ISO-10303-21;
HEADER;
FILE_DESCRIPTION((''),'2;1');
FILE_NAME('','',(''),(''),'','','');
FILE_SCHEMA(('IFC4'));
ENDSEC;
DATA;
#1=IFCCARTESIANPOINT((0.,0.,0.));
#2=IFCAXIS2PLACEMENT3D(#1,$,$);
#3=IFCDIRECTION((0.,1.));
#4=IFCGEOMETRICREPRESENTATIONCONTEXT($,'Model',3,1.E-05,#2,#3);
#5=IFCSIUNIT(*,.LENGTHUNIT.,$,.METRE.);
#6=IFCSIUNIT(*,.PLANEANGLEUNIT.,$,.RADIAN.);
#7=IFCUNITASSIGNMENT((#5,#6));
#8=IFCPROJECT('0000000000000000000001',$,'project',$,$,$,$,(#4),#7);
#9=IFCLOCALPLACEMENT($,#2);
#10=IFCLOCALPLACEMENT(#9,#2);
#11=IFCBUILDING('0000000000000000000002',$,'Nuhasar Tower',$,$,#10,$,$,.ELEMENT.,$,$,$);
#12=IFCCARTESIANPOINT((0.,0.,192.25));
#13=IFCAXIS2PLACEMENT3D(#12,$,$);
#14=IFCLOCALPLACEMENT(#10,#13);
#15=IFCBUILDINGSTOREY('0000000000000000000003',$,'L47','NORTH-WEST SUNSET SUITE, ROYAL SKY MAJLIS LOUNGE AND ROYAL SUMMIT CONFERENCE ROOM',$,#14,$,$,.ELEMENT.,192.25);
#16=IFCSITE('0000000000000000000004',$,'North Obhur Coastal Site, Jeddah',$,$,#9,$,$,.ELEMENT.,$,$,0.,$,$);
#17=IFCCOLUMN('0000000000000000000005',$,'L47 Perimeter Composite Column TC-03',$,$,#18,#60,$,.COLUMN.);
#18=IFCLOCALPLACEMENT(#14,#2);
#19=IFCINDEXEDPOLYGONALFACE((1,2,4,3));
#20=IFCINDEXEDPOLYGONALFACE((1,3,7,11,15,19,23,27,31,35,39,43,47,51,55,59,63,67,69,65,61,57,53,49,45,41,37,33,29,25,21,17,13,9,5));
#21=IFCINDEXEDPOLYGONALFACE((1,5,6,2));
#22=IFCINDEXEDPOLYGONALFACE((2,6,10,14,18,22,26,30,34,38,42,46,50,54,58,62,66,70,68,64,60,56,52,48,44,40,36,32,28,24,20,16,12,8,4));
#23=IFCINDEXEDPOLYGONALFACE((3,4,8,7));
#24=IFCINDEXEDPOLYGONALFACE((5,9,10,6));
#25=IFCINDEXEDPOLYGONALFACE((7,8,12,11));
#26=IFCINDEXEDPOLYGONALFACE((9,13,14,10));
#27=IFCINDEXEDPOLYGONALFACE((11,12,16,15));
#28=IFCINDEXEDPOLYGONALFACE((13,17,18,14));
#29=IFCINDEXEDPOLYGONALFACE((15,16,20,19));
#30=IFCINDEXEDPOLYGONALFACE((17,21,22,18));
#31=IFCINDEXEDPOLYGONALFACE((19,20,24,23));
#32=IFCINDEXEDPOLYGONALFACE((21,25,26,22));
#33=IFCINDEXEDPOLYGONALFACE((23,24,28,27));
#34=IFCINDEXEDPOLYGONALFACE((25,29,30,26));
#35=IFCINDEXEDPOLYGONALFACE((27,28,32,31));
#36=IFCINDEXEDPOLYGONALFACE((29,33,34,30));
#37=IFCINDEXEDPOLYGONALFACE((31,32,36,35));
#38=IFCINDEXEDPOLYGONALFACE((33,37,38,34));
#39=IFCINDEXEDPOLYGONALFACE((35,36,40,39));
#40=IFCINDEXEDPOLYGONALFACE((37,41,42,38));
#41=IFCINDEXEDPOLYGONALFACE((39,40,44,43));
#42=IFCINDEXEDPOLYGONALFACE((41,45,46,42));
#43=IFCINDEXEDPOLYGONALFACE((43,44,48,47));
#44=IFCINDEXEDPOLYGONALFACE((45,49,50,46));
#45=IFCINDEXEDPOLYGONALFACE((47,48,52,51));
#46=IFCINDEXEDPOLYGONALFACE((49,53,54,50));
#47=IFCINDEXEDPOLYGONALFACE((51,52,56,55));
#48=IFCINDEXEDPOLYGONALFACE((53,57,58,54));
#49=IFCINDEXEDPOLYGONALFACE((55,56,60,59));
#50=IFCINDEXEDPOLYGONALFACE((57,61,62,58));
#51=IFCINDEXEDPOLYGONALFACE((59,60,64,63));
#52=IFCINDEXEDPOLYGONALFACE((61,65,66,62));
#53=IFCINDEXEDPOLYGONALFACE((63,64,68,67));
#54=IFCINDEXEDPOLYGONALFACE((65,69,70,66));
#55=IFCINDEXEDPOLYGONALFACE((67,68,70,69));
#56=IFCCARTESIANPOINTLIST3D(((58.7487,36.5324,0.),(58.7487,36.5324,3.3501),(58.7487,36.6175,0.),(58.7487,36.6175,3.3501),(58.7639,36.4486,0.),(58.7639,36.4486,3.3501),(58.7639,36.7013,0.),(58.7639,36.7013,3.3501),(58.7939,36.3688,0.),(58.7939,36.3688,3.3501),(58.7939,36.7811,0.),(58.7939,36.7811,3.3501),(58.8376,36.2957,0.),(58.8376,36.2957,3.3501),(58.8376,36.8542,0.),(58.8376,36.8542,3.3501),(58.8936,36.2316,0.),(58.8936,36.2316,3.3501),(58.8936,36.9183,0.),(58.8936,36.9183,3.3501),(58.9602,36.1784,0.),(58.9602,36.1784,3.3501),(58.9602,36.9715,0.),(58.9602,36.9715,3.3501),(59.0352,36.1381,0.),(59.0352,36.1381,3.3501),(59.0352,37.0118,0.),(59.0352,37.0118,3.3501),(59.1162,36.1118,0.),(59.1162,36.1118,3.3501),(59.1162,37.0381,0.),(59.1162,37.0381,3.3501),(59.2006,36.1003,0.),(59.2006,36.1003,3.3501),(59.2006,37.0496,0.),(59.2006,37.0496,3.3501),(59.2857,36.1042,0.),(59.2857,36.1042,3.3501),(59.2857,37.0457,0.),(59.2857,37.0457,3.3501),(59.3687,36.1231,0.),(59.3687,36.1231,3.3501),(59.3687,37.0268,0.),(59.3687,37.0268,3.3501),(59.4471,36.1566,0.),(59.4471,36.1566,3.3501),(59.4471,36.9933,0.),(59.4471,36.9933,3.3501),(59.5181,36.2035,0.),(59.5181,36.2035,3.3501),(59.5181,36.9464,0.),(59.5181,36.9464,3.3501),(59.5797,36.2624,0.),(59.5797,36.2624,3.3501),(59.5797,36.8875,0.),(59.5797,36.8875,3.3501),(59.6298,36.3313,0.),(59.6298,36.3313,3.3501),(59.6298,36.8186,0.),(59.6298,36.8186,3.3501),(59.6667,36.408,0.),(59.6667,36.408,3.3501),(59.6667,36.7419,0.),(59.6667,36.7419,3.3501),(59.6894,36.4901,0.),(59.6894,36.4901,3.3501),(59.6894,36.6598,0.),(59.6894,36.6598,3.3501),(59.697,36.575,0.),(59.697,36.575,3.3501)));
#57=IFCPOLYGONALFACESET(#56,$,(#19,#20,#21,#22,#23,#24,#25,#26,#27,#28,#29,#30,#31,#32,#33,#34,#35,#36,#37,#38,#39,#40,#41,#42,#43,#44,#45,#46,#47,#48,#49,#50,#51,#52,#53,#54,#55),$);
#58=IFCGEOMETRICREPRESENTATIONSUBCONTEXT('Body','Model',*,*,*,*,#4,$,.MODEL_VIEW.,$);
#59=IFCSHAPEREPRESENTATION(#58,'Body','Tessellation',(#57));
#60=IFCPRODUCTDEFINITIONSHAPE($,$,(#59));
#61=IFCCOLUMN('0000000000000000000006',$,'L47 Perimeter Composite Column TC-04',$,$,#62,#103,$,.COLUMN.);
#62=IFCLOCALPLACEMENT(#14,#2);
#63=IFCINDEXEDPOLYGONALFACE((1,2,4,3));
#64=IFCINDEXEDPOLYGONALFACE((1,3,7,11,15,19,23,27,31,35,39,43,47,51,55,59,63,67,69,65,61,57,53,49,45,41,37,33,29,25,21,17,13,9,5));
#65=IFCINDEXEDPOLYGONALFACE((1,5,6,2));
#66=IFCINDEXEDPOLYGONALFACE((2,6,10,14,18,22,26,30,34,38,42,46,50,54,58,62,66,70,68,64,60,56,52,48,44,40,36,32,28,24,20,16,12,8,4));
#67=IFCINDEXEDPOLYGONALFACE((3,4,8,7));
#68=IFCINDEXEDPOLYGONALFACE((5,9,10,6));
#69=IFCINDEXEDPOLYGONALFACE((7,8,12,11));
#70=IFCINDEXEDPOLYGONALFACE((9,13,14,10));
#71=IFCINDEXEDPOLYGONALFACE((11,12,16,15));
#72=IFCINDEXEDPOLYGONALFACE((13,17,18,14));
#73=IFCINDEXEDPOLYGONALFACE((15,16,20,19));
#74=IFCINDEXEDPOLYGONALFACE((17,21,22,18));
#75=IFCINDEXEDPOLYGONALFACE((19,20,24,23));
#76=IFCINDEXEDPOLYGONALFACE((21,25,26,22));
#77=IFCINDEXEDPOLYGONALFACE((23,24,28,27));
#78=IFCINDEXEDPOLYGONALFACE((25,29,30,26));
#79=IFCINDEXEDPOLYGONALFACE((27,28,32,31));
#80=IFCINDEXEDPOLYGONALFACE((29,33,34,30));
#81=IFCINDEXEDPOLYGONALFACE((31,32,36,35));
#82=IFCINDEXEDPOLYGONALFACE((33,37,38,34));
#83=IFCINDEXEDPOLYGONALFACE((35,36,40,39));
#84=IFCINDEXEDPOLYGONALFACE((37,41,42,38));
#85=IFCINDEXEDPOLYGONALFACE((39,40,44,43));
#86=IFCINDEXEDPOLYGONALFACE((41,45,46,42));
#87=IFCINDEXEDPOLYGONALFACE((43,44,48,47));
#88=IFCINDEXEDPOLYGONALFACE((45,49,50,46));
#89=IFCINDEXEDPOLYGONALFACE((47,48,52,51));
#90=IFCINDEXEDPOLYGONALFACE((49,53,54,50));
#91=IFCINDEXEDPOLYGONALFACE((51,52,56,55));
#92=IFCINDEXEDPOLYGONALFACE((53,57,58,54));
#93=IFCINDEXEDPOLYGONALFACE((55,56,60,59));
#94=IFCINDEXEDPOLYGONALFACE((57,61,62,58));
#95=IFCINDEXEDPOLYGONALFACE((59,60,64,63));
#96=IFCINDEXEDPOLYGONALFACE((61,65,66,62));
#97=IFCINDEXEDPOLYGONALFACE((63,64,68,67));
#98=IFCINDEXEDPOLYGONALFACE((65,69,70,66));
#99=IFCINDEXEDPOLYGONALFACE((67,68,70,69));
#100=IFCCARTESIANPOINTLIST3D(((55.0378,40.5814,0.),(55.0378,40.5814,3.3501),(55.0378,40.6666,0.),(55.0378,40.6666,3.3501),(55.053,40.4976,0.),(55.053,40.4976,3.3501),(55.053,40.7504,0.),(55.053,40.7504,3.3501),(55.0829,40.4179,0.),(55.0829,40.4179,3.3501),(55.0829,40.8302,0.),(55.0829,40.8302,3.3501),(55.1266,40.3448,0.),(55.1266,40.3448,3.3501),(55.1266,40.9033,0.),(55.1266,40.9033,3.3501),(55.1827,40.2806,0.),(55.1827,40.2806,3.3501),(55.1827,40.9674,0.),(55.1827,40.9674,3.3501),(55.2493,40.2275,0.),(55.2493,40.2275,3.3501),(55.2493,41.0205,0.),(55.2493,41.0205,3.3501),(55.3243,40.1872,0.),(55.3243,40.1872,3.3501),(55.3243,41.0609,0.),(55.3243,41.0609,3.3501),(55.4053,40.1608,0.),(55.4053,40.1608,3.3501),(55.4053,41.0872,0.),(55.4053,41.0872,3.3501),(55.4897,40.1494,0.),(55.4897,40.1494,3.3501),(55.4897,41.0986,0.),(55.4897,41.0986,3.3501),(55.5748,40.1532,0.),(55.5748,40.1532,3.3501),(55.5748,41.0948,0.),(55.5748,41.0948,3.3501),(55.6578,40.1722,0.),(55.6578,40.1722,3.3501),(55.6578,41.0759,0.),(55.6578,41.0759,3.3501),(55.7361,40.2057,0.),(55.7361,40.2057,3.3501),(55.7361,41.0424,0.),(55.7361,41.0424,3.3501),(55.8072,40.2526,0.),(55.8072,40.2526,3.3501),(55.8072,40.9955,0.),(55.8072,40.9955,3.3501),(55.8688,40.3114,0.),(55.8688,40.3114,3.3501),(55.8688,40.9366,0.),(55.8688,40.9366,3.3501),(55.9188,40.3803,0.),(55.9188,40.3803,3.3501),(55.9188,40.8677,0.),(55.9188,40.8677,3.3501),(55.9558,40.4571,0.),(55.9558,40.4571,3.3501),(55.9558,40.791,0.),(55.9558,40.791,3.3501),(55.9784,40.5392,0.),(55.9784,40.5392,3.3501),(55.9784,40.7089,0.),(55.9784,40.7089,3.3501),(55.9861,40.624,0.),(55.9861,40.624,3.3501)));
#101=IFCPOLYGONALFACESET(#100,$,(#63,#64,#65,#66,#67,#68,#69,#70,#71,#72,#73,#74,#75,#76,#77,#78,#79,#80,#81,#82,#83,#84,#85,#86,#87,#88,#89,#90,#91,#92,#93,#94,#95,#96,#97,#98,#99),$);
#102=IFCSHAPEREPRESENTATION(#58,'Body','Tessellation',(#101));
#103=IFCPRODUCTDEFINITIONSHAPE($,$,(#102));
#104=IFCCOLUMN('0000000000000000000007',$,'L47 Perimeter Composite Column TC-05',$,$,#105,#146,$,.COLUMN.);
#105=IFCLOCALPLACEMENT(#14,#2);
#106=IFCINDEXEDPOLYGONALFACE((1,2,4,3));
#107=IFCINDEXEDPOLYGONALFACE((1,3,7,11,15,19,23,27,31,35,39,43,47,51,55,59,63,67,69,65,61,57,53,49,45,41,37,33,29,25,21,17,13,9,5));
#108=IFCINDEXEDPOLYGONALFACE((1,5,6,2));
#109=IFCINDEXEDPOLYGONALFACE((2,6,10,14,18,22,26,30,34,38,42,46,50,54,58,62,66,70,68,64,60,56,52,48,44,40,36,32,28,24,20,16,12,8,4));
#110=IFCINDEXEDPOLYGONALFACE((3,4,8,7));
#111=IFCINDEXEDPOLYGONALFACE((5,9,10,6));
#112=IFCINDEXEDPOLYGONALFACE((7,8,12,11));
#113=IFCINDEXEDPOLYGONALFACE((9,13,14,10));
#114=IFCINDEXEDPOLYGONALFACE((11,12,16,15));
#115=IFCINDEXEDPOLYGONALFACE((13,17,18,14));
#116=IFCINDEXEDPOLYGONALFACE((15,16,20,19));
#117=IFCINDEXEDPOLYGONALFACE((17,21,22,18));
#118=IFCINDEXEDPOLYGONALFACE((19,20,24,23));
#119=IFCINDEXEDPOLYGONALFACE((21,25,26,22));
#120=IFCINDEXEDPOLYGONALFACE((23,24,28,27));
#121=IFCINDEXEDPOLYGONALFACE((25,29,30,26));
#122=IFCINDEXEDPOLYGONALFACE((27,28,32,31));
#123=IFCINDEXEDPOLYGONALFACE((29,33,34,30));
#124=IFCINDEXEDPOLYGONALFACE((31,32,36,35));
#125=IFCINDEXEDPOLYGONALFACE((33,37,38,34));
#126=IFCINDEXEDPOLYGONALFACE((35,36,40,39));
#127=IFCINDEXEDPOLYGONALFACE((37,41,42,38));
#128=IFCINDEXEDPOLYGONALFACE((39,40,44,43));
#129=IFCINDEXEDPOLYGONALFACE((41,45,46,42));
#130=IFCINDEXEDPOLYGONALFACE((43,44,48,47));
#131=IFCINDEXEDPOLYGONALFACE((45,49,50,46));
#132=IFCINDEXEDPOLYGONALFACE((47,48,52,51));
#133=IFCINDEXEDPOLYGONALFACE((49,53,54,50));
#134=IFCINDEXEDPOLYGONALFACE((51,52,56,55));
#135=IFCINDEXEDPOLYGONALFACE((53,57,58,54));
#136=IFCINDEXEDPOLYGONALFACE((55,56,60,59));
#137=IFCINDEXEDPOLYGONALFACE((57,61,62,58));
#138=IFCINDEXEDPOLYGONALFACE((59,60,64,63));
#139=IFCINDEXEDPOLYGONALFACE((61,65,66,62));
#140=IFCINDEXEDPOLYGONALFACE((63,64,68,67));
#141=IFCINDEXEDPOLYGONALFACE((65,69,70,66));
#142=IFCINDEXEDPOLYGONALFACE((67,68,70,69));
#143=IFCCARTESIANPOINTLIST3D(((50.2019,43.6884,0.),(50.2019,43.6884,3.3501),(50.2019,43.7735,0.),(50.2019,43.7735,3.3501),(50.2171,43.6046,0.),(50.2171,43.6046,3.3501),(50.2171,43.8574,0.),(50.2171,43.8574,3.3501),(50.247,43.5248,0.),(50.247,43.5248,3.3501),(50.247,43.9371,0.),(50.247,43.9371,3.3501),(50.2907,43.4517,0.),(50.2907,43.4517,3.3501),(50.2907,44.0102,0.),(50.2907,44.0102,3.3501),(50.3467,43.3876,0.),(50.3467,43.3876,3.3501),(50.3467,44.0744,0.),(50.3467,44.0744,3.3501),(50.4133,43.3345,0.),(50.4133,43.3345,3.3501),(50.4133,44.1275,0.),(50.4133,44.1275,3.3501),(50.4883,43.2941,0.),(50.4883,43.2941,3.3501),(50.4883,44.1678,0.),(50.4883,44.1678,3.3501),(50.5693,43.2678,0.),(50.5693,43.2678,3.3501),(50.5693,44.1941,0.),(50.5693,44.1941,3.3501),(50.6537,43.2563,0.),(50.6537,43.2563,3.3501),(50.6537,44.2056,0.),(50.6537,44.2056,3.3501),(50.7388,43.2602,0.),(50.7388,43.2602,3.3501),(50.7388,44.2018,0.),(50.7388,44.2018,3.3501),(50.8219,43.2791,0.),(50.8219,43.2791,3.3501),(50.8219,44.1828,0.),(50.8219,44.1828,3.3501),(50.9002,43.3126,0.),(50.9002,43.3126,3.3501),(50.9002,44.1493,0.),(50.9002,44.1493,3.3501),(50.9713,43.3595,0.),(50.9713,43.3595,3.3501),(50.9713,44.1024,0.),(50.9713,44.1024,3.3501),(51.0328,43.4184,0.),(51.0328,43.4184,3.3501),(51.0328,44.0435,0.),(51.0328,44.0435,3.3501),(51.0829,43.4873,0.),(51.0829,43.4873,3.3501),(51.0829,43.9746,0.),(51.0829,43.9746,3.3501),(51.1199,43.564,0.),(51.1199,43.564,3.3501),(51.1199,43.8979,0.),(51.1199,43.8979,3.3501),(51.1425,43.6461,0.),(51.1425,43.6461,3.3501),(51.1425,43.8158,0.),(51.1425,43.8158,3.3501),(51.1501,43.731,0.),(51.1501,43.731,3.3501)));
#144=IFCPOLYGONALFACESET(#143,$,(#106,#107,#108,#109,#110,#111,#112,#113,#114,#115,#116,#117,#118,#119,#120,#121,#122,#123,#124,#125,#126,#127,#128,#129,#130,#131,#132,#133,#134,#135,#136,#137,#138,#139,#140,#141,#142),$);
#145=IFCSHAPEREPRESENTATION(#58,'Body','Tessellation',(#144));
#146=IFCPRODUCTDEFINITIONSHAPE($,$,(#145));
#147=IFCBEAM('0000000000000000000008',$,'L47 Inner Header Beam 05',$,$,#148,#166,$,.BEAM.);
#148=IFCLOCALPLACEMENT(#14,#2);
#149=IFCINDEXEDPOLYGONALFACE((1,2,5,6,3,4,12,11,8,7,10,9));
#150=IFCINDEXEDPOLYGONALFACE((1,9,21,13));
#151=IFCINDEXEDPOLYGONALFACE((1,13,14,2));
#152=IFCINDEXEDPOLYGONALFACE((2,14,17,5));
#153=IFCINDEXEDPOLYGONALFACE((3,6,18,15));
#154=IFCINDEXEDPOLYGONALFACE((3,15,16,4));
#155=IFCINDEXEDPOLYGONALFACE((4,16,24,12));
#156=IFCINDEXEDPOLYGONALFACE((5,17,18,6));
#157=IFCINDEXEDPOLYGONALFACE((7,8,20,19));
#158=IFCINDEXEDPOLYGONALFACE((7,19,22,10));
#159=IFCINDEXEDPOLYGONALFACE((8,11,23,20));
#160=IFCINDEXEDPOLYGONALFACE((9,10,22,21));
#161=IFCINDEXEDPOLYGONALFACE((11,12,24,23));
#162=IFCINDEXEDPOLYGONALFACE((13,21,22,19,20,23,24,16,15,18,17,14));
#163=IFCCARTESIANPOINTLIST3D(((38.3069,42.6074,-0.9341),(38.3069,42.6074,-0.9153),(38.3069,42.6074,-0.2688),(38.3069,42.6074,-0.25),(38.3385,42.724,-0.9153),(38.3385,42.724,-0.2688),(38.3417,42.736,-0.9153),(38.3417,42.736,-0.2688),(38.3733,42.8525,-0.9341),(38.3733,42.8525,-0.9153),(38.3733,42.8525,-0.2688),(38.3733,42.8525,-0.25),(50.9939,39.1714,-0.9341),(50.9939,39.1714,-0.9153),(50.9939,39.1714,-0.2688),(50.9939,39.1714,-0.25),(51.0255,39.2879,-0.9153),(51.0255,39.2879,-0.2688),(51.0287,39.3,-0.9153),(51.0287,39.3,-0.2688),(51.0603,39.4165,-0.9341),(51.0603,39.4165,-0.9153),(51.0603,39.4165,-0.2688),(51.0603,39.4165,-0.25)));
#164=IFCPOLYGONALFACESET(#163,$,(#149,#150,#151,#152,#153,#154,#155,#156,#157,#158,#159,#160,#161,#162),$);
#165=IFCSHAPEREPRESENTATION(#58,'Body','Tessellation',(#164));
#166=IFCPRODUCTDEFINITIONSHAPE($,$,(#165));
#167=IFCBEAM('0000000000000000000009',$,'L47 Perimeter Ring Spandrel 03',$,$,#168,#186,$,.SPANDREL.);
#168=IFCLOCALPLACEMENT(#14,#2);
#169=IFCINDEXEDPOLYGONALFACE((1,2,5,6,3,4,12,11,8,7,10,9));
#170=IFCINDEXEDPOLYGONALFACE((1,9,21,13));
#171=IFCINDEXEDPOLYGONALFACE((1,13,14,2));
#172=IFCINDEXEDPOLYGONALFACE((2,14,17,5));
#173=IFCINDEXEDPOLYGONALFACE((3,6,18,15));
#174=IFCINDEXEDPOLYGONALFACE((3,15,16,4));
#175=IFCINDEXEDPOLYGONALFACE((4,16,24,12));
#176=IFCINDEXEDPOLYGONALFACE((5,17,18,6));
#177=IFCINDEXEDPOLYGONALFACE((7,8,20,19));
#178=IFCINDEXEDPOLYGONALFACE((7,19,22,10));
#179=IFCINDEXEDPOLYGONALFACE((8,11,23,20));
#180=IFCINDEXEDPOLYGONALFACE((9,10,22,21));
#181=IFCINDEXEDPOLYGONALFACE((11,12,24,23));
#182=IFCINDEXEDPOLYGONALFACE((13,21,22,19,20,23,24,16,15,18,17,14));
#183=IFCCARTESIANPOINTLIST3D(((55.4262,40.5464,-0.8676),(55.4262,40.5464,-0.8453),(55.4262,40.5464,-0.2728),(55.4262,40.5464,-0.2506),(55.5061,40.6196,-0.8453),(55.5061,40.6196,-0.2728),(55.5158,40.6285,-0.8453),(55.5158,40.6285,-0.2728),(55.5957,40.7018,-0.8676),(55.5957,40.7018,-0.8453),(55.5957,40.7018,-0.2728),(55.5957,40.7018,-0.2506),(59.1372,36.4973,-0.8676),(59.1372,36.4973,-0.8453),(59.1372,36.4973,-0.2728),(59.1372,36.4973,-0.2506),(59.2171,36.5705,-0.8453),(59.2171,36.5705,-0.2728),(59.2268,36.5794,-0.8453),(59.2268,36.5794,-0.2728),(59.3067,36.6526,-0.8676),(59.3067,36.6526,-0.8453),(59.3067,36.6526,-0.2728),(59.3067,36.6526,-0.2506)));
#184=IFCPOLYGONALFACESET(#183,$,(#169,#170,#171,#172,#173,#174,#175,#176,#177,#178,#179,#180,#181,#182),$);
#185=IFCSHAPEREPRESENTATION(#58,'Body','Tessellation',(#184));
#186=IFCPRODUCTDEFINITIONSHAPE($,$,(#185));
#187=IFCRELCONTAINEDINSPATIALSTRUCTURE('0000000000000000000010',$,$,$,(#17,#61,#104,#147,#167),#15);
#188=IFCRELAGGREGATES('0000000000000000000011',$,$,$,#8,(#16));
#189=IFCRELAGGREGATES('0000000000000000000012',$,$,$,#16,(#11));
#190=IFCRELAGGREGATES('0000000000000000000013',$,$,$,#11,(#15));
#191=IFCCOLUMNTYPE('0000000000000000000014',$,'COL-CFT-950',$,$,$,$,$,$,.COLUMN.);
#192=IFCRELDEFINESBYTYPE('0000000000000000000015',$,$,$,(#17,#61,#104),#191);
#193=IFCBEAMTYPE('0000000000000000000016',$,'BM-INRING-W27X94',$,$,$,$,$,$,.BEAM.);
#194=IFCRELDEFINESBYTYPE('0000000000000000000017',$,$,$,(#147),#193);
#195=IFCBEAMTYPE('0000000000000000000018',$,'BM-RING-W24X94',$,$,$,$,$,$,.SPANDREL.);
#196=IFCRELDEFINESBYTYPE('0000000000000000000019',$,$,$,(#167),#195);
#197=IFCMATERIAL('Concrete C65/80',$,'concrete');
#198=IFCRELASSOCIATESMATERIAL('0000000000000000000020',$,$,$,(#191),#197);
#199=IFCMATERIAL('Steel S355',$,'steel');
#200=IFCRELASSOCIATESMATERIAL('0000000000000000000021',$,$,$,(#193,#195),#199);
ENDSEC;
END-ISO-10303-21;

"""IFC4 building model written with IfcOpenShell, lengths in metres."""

from ifc_helpers import new_model, si_unit, direction, frame, origin, origin_2d, place, context, subcontext, project, spatial, circle, i_section, extrude, material, material_profile, profile_set, type_object, element, save


model = new_model("IFC4")

# Units and contexts
model_context = context("Model", 3, precision=1e-05, world=origin(), true_north=direction((0.0, 1.0)))
body_context = subcontext(model_context, "Body", "Model", "MODEL_VIEW")
ifc_project = project(units=[si_unit("LENGTHUNIT", "METRE"), si_unit("PLANEANGLEUNIT", "RADIAN")], contexts=[model_context])

# Site, building, storey
site_placement = place(None, origin())
site = spatial("IfcSite", under=ifc_project, at=site_placement, Name="North Obhur Coastal Site, Jeddah", CompositionType="ELEMENT", RefElevation=0.0)
building_placement = place(site_placement, origin())
building = spatial("IfcBuilding", under=site, at=building_placement, Name="Nuhasar Tower", CompositionType="ELEMENT")
storey_placement = place(building_placement, frame((0.0, 0.0, 192.25)))
storey = spatial("IfcBuildingStorey", under=building, at=storey_placement, Name="L47", Description="NORTH-WEST SUNSET SUITE, ROYAL SKY MAJLIS LOUNGE AND ROYAL SUMMIT CONFERENCE ROOM", CompositionType="ELEMENT", Elevation=192.25)

# Columns
ifc_material_1 = material(Name="Concrete C65/80", Category="concrete")
ifc_material_profile_1 = material_profile(ifc_material_1, circle(Radius=0.4751, at=origin_2d()), Name="CFT950")
ifc_profile_set_1 = profile_set([ifc_material_profile_1], Name="Concrete C65/80")
column_type = type_object("IfcColumnType", Name="COL-CFT-950", PredefinedType="COLUMN", material=ifc_profile_set_1)
for number, where, z_axis, x_axis, name in (
    (1, (59.2219, 36.575, 0.0), (0.0, 0.0, 1.0), (1.0, 0.0, 0.0), "L47 Perimeter Composite Column TC-03"),
    (2, (55.511, 40.624, 0.0), (0.0, 0.0, 1.0), (1.0, 0.0, 0.0), "L47 Perimeter Composite Column TC-04"),
    (3, (50.675, 43.731, 0.0), (0.0, 0.0, 1.0), (1.0, 0.0, 0.0), "L47 Perimeter Composite Column TC-05"),
):
    element("IfcColumn", number, at=place(storey_placement, frame(where, z_axis=z_axis, x_axis=x_axis)), inside=storey, type_object=column_type, Name=name, PredefinedType="COLUMN", context=body_context, shape_type="SweptSolid", body=[
        extrude(circle(Radius=0.4751, at=origin_2d()), origin(), (0.0, 0.0, 1.0), 3.3501),
    ])

# Beams
ifc_material_2 = material(Name="Steel S355", Category="steel")
ifc_material_profile_2 = material_profile(ifc_material_2, i_section(OverallWidth=0.2539, OverallDepth=0.6841, WebThickness=0.0125, FlangeThickness=0.0188, at=origin_2d()), Name="W27X94")
ifc_profile_set_2 = profile_set([ifc_material_profile_2], Name="Steel S355")
beam_type_1 = type_object("IfcBeamType", Name="BM-INRING-W27X94", PredefinedType="BEAM", material=ifc_profile_set_2)
beam_1_placement = place(storey_placement, frame((51.0271, 39.2939, -0.592), z_axis=(-0.965227, 0.261413, 0.0), x_axis=(-0.261413, -0.965227, 0.0)))
element("IfcBeam", 4, at=beam_1_placement, inside=storey, type_object=beam_type_1, Name="L47 Inner Header Beam 05", PredefinedType="BEAM", context=body_context, shape_type="SweptSolid", body=[
    extrude(i_section(OverallWidth=0.2539, OverallDepth=0.6841, WebThickness=0.0125, FlangeThickness=0.0188, at=origin_2d()), origin(), (0.0, 0.0, 1.0), 13.144),
])
ifc_material_profile_3 = material_profile(ifc_material_2, i_section(OverallWidth=0.23, OverallDepth=0.6169, WebThickness=0.0132, FlangeThickness=0.0222, at=origin_2d()), Name="W24X94")
ifc_profile_set_3 = profile_set([ifc_material_profile_3], Name="Steel S355")
beam_type_2 = type_object("IfcBeamType", Name="BM-RING-W24X94", PredefinedType="SPANDREL", material=ifc_profile_set_3)
beam_2_placement = place(storey_placement, frame((59.2219, 36.575, -0.5591), z_axis=(-0.675654, 0.737219, 0.0), x_axis=(-0.737219, -0.675654, 0.0)))
element("IfcBeam", 5, at=beam_2_placement, inside=storey, type_object=beam_type_2, Name="L47 Perimeter Ring Spandrel 03", PredefinedType="SPANDREL", context=body_context, shape_type="SweptSolid", body=[
    extrude(i_section(OverallWidth=0.23, OverallDepth=0.6169, WebThickness=0.0132, FlangeThickness=0.0222, at=origin_2d()), origin(), (0.0, 0.0, 1.0), 5.4924),
])

save(model, "model.ifc")
